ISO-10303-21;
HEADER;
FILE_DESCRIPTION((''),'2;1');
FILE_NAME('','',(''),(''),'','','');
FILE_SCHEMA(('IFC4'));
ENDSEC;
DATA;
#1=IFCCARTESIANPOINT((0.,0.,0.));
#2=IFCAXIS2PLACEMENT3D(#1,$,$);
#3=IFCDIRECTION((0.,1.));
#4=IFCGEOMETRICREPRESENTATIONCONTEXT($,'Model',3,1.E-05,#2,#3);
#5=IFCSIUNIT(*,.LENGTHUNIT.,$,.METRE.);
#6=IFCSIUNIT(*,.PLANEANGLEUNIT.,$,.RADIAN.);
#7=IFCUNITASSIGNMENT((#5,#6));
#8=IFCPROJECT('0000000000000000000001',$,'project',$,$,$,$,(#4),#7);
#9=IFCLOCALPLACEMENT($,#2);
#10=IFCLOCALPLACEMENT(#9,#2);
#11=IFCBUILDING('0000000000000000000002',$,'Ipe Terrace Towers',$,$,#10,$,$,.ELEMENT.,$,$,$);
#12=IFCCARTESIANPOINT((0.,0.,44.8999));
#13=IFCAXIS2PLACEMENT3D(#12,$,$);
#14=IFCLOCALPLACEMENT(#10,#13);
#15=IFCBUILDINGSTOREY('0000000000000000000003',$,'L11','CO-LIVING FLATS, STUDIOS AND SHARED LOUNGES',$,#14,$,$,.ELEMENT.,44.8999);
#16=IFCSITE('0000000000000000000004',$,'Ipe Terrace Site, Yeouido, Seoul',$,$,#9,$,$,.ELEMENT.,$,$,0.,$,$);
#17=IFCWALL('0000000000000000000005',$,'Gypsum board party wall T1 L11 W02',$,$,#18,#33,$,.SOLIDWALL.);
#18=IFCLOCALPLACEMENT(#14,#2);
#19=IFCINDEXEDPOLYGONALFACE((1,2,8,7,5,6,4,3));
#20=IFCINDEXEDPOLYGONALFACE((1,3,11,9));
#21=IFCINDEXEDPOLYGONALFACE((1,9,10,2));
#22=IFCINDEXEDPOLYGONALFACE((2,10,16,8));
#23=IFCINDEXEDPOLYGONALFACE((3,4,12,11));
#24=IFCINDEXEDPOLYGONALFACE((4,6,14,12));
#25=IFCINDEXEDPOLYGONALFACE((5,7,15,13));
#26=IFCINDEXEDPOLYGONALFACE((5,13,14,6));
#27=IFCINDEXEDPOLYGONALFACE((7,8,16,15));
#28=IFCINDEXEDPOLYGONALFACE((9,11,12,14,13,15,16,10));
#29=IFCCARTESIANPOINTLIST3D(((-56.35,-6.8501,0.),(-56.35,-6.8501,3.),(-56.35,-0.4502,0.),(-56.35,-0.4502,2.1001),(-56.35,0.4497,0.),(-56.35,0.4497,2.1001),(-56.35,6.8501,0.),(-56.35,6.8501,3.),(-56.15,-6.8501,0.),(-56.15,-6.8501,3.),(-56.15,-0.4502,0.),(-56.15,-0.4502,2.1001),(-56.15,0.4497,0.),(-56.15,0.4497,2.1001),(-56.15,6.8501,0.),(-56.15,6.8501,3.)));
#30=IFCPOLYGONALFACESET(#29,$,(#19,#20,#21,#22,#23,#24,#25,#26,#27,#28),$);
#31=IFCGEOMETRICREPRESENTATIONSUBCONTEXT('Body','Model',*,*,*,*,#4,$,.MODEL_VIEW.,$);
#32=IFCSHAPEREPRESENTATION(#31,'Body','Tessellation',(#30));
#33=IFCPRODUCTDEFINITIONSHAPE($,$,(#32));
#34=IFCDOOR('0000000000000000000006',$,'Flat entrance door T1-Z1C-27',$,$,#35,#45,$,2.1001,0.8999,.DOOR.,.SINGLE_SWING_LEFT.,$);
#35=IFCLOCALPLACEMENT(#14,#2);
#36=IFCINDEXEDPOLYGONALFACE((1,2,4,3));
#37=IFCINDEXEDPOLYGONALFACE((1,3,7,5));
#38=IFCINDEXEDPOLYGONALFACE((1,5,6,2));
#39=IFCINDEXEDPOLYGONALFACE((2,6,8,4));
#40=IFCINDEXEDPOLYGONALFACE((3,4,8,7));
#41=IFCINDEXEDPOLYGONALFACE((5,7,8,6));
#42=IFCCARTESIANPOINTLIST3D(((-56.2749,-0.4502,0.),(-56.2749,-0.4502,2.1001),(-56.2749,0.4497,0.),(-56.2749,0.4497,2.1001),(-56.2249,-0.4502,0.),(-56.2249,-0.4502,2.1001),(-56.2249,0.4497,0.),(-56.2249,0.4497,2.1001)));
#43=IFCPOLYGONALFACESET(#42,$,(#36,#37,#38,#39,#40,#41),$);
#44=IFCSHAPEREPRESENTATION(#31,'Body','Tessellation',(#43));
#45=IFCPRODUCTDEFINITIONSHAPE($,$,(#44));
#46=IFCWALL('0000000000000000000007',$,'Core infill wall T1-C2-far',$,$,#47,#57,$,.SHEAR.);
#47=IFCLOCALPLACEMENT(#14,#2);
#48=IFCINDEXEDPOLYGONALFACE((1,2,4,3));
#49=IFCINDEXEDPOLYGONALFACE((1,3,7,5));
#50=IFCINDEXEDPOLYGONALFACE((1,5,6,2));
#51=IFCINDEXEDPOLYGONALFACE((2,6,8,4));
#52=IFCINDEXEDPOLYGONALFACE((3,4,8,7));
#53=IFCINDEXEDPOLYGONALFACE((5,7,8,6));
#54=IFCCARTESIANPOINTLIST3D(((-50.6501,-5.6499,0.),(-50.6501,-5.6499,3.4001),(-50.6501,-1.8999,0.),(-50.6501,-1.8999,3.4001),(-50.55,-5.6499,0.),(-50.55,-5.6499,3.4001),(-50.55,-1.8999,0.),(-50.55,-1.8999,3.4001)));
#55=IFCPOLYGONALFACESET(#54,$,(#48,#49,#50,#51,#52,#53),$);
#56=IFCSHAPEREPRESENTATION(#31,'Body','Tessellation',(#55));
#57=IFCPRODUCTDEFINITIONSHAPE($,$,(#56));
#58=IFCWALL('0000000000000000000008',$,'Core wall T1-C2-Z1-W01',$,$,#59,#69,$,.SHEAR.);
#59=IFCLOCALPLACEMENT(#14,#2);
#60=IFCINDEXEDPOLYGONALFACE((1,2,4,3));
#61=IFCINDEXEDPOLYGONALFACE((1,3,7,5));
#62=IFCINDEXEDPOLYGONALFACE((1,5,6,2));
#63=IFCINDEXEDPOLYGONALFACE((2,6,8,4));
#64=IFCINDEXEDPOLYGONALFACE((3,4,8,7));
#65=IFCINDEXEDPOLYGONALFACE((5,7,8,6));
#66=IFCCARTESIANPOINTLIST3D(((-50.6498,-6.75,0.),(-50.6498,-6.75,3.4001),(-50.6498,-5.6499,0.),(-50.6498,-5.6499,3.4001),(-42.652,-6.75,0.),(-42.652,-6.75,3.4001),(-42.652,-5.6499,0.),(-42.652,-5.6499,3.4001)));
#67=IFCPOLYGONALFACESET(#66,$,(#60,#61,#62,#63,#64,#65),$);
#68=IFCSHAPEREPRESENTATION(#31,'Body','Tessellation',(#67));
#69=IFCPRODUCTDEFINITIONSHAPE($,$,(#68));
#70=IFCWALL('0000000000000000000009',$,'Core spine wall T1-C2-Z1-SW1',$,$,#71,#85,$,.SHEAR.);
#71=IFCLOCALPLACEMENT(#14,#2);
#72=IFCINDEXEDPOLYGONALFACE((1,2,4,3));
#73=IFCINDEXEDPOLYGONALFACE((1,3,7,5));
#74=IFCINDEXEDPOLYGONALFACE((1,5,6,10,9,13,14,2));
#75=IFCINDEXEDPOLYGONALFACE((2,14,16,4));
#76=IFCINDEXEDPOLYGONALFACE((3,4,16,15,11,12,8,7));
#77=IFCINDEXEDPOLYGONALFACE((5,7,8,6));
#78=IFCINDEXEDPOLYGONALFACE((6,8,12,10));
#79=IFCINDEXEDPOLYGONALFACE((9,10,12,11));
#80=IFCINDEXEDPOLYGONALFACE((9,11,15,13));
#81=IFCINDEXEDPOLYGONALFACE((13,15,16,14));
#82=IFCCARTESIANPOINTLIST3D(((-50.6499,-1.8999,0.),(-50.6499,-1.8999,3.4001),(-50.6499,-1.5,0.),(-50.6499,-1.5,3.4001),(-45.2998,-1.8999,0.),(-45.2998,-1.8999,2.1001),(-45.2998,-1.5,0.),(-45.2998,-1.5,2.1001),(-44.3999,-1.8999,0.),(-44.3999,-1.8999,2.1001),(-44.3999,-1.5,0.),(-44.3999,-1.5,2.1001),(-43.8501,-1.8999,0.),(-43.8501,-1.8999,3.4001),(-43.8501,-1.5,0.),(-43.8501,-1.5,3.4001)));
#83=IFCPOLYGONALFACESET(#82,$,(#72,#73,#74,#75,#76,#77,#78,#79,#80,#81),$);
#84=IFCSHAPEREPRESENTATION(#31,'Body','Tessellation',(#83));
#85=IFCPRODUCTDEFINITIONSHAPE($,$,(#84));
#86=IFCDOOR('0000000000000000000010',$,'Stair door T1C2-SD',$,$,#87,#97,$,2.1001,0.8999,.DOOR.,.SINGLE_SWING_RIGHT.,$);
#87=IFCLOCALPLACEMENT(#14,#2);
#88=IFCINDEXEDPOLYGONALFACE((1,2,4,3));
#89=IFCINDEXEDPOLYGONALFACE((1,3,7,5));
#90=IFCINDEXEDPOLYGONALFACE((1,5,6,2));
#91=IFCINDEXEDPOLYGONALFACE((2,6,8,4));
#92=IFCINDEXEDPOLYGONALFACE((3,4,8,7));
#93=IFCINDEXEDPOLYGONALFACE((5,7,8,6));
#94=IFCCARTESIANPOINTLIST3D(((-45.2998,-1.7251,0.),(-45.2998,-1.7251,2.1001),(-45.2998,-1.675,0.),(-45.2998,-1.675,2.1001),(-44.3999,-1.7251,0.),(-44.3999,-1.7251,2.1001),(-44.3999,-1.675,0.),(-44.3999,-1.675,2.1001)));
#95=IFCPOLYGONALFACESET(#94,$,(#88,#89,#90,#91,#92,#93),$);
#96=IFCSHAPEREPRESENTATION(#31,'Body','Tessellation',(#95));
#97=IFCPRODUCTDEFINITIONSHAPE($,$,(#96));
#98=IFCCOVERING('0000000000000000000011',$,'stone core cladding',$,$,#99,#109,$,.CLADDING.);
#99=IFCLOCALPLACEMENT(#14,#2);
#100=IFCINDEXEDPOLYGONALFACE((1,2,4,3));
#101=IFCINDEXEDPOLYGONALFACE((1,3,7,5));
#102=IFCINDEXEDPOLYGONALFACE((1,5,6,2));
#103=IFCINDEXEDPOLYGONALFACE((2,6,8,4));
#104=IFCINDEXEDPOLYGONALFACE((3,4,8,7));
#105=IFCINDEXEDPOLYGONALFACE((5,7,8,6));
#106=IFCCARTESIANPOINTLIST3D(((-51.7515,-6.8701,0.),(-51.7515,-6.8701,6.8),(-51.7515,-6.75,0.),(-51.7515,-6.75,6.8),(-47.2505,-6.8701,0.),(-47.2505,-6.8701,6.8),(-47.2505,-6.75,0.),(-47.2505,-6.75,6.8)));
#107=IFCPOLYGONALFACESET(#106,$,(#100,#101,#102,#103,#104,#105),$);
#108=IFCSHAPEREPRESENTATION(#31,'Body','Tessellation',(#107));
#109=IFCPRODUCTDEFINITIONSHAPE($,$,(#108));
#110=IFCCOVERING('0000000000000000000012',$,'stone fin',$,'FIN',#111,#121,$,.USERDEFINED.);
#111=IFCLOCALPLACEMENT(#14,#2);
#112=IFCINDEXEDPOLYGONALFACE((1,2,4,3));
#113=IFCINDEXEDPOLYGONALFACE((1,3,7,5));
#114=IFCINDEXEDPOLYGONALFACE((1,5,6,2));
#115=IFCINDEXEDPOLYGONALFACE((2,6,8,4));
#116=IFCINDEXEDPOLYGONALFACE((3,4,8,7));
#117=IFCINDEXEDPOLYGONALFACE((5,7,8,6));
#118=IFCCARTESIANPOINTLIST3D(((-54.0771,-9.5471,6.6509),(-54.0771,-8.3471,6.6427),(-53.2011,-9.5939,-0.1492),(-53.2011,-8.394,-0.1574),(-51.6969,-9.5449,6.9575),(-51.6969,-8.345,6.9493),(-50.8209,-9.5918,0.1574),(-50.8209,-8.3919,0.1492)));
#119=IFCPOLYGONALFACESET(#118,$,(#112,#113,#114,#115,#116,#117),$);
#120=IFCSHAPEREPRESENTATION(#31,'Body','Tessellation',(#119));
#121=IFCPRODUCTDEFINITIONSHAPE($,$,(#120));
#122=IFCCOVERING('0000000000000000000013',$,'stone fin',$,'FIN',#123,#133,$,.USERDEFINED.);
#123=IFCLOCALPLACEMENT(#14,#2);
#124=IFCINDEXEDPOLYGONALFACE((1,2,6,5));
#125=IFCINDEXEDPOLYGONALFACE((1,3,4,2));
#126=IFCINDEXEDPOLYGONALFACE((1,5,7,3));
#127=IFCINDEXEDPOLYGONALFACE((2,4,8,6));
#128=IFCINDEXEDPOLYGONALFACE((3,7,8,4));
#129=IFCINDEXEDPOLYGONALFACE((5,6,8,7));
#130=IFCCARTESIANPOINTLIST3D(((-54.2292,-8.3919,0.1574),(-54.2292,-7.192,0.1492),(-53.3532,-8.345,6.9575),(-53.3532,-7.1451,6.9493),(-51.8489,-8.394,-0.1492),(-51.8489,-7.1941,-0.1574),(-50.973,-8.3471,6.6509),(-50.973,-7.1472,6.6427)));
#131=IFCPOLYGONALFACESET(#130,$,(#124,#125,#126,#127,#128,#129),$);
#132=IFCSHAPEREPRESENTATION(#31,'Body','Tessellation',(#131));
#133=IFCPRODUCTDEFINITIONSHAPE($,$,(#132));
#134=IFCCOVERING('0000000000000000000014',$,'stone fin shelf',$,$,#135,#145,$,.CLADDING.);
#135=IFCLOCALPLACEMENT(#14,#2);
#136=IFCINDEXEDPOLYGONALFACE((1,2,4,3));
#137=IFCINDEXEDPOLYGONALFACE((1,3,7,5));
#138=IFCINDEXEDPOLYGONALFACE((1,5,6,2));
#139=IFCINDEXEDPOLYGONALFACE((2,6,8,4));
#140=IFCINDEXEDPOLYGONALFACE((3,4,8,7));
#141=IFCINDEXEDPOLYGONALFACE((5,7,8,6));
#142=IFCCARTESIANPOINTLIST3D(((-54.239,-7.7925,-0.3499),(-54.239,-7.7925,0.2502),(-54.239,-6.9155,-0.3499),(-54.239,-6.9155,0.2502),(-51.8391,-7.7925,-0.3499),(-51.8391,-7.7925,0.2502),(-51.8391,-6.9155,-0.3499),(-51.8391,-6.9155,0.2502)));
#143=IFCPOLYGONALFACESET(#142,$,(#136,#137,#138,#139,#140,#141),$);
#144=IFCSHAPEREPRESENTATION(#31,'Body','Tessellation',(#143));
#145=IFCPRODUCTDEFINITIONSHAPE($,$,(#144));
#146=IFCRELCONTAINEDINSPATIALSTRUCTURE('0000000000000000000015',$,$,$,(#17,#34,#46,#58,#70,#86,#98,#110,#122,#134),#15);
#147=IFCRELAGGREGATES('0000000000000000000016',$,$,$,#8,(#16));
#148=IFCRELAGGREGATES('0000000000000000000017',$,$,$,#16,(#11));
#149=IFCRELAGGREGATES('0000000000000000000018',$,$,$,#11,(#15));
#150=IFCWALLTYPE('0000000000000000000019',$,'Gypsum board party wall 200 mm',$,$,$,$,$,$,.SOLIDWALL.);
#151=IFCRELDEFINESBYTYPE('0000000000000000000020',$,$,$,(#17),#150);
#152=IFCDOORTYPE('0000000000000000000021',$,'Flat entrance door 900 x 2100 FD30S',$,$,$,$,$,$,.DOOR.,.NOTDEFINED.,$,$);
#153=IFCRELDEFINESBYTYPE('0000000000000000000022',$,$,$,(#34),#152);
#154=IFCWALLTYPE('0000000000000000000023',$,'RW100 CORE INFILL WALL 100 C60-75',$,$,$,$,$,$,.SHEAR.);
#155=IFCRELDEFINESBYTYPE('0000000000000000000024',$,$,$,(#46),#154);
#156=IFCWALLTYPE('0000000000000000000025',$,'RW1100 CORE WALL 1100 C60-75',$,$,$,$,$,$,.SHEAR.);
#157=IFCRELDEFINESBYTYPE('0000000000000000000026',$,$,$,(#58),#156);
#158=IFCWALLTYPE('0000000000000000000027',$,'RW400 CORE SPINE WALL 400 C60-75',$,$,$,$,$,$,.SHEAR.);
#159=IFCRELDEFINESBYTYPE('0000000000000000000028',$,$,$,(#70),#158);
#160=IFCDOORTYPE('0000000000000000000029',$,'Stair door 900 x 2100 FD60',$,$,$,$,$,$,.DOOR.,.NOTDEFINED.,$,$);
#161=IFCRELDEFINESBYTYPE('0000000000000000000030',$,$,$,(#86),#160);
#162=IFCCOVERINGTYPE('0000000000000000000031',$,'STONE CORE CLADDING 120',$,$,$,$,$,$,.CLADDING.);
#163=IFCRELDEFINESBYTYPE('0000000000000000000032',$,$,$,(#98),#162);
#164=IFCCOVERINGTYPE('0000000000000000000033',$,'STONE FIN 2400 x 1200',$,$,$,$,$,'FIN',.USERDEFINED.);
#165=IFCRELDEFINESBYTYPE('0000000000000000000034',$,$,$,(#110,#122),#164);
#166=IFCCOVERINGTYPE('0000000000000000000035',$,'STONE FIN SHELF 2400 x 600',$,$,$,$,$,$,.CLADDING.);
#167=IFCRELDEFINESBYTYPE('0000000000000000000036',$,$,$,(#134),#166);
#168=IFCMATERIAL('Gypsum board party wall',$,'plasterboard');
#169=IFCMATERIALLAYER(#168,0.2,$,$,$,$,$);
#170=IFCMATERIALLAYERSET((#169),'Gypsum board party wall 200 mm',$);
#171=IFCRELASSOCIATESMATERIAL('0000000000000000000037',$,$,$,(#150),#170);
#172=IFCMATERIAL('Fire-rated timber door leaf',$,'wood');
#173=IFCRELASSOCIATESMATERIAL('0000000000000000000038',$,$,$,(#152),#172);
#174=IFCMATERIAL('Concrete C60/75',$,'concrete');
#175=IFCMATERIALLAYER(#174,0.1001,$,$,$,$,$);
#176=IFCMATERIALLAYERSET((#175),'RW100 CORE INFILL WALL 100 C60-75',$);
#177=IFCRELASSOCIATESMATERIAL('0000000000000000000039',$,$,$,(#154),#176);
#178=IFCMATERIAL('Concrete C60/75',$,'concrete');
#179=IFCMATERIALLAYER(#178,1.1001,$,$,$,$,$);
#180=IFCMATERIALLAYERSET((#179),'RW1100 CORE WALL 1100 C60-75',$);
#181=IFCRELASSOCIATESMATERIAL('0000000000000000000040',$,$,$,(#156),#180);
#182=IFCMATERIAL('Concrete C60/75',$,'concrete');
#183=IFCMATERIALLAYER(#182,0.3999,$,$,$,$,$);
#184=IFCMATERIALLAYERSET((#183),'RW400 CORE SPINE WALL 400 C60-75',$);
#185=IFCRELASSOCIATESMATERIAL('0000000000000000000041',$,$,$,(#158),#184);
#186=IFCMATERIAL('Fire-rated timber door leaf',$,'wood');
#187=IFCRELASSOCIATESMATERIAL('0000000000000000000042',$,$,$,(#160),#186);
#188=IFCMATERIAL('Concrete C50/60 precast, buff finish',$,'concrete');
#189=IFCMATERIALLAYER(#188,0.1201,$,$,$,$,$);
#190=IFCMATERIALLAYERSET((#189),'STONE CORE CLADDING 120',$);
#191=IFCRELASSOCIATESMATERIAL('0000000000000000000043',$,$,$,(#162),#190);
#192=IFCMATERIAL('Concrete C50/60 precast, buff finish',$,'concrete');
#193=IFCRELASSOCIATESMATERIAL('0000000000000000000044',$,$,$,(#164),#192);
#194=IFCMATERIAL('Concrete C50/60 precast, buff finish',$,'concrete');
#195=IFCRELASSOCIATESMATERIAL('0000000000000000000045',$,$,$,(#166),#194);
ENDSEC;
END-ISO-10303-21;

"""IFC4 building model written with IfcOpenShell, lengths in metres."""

from ifc_helpers import new_model, si_unit, direction, frame, frame_2d, origin, origin_2d, place, context, subcontext, project, spatial, rectangle, extrude, material, layer, layer_set, material_profile, profile_set, type_object, element, fill, save


model = new_model("IFC4")

# Units and contexts
model_context = context("Model", 3, precision=1e-05, world=origin(), true_north=direction((0.0, 1.0)))
body_context = subcontext(model_context, "Body", "Model", "MODEL_VIEW")
ifc_project = project(units=[si_unit("LENGTHUNIT", "METRE"), si_unit("PLANEANGLEUNIT", "RADIAN")], contexts=[model_context])

# Site, building, storey
site_placement = place(None, origin())
site = spatial("IfcSite", under=ifc_project, at=site_placement, Name="Ipe Terrace Site, Yeouido, Seoul", CompositionType="ELEMENT", RefElevation=0.0)
building_placement = place(site_placement, origin())
building = spatial("IfcBuilding", under=site, at=building_placement, Name="Ipe Terrace Towers", CompositionType="ELEMENT")
storey_placement = place(building_placement, frame((0.0, 0.0, 44.8999)))
storey = spatial("IfcBuildingStorey", under=building, at=storey_placement, Name="L11", Description="CO-LIVING FLATS, STUDIOS AND SHARED LOUNGES", CompositionType="ELEMENT", Elevation=44.8999)

# Wall, opening, door
ifc_material_1 = material(Name="Gypsum board party wall", Category="plasterboard")
ifc_layer_1 = layer(ifc_material_1, 0.2)
ifc_layer_set_1 = layer_set([ifc_layer_1], Name="Gypsum board party wall 200 mm")
wall_type_1 = type_object("IfcWallType", Name="Gypsum board party wall 200 mm", PredefinedType="SOLIDWALL", material=ifc_layer_set_1)
wall_1_placement = place(storey_placement, frame((-56.25, -6.8501, 0.0), z_axis=(0.0, 0.0, 1.0), x_axis=(0.0, 1.0, 0.0)))
wall_1 = element("IfcWall", 1, at=wall_1_placement, inside=storey, type_object=wall_type_1, Name="Gypsum board party wall T1 L11 W02", PredefinedType="SOLIDWALL", context=body_context, shape_type="SweptSolid", body=[
    extrude(rectangle(XDim=13.7002, YDim=0.2, at=frame_2d((6.8501, 0.0))), origin(), (0.0, 0.0, 1.0), 3.0),
])
opening_1_placement = place(wall_1_placement, frame((6.3999, 0.0, 0.0)))
opening_1 = element("IfcOpeningElement", 2, at=opening_1_placement, cuts=wall_1, PredefinedType="OPENING", context=body_context, shape_type="SweptSolid", body=[
    extrude(rectangle(XDim=0.8999, YDim=2.1001, at=frame_2d((0.45, 1.05))), frame((0.0, 0.1099, 0.0), z_axis=(0.0, -1.0, 0.0), x_axis=(1.0, 0.0, 0.0)), (0.0, 0.0, 1.0), 0.22),
])
ifc_material_2 = material(Name="Fire-rated timber door leaf", Category="wood")
door_type_1 = type_object("IfcDoorType", Name="Flat entrance door 900 x 2100 FD30S", OperationType="NOTDEFINED", PredefinedType="DOOR", material=ifc_material_2)
door_1_placement = place(opening_1_placement, origin())
door_1 = element("IfcDoor", 3, at=door_1_placement, inside=storey, type_object=door_type_1, Name="Flat entrance door T1-Z1C-27", OperationType="SINGLE_SWING_LEFT", OverallHeight=2.1001, OverallWidth=0.8999, PredefinedType="DOOR", context=body_context, shape_type="SweptSolid", body=[
    extrude(rectangle(XDim=0.8999, YDim=2.1001, at=frame_2d((0.45, 1.05))), frame((0.0, 0.0249, 0.0), z_axis=(0.0, -1.0, 0.0), x_axis=(1.0, 0.0, 0.0)), (0.0, 0.0, 1.0), 0.05),
])
fill(opening_1, door_1)

# Walls
ifc_material_3 = material(Name="Concrete C60/75", Category="concrete")
ifc_layer_2 = layer(ifc_material_3, 0.1001)
ifc_layer_set_2 = layer_set([ifc_layer_2], Name="RW100 CORE INFILL WALL 100 C60-75")
wall_type_2 = type_object("IfcWallType", Name="RW100 CORE INFILL WALL 100 C60-75", PredefinedType="SHEAR", material=ifc_layer_set_2)
wall_2_placement = place(storey_placement, frame((-50.6001, -1.8999, 0.0), z_axis=(0.0, 0.0, 1.0), x_axis=(0.0, -1.0, 0.0)))
element("IfcWall", 4, at=wall_2_placement, inside=storey, type_object=wall_type_2, Name="Core infill wall T1-C2-far", PredefinedType="SHEAR", context=body_context, shape_type="SweptSolid", body=[
    extrude(rectangle(XDim=3.75, YDim=0.1001, at=frame_2d((1.875, 0.0))), origin(), (0.0, 0.0, 1.0), 3.4001),
])
ifc_material_4 = material(Name="Concrete C60/75", Category="concrete")
ifc_layer_3 = layer(ifc_material_4, 1.1001)
ifc_layer_set_3 = layer_set([ifc_layer_3], Name="RW1100 CORE WALL 1100 C60-75")
wall_type_3 = type_object("IfcWallType", Name="RW1100 CORE WALL 1100 C60-75", PredefinedType="SHEAR", material=ifc_layer_set_3)
wall_3_placement = place(storey_placement, frame((-50.6499, -6.2, 0.0), z_axis=(0.0, 0.0, 1.0), x_axis=(1.0, 0.0, 0.0)))
element("IfcWall", 5, at=wall_3_placement, inside=storey, type_object=wall_type_3, Name="Core wall T1-C2-Z1-W01", PredefinedType="SHEAR", context=body_context, shape_type="SweptSolid", body=[
    extrude(rectangle(XDim=7.9978, YDim=1.1001, at=frame_2d((3.999, 0.0))), origin(), (0.0, 0.0, 1.0), 3.4001),
])

# Wall, opening, door
ifc_material_5 = material(Name="Concrete C60/75", Category="concrete")
ifc_layer_4 = layer(ifc_material_5, 0.3999)
ifc_layer_set_4 = layer_set([ifc_layer_4], Name="RW400 CORE SPINE WALL 400 C60-75")
wall_type_4 = type_object("IfcWallType", Name="RW400 CORE SPINE WALL 400 C60-75", PredefinedType="SHEAR", material=ifc_layer_set_4)
wall_4_placement = place(storey_placement, frame((-50.6499, -1.7, 0.0), z_axis=(0.0, 0.0, 1.0), x_axis=(1.0, 0.0, 0.0)))
wall_4 = element("IfcWall", 6, at=wall_4_placement, inside=storey, type_object=wall_type_4, Name="Core spine wall T1-C2-Z1-SW1", PredefinedType="SHEAR", context=body_context, shape_type="SweptSolid", body=[
    extrude(rectangle(XDim=6.7998, YDim=0.3999, at=frame_2d((3.3999, 0.0))), origin(), (0.0, 0.0, 1.0), 3.4001),
])
opening_2_placement = place(wall_4_placement, frame((5.3501, 0.0, 0.0)))
opening_2 = element("IfcOpeningElement", 7, at=opening_2_placement, cuts=wall_4, PredefinedType="OPENING", context=body_context, shape_type="SweptSolid", body=[
    extrude(rectangle(XDim=0.8999, YDim=2.1001, at=frame_2d((0.45, 1.05))), frame((0.0, 0.21, 0.0), z_axis=(0.0, -1.0, 0.0), x_axis=(1.0, 0.0, 0.0)), (0.0, 0.0, 1.0), 0.4199),
])
ifc_material_6 = material(Name="Fire-rated timber door leaf", Category="wood")
door_type_2 = type_object("IfcDoorType", Name="Stair door 900 x 2100 FD60", OperationType="NOTDEFINED", PredefinedType="DOOR", material=ifc_material_6)
door_2_placement = place(opening_2_placement, origin())
door_2 = element("IfcDoor", 8, at=door_2_placement, inside=storey, type_object=door_type_2, Name="Stair door T1C2-SD", OperationType="SINGLE_SWING_RIGHT", OverallHeight=2.1001, OverallWidth=0.8999, PredefinedType="DOOR", context=body_context, shape_type="SweptSolid", body=[
    extrude(rectangle(XDim=0.8999, YDim=2.1001, at=frame_2d((0.45, 1.05))), frame((0.0, 0.0249, 0.0), z_axis=(0.0, -1.0, 0.0), x_axis=(1.0, 0.0, 0.0)), (0.0, 0.0, 1.0), 0.05),
])
fill(opening_2, door_2)

# Coverings
ifc_material_7 = material(Name="Concrete C50/60 precast, buff finish", Category="concrete")
ifc_layer_5 = layer(ifc_material_7, 0.1201)
ifc_layer_set_5 = layer_set([ifc_layer_5], Name="STONE CORE CLADDING 120")
covering_type_1 = type_object("IfcCoveringType", Name="STONE CORE CLADDING 120", PredefinedType="CLADDING", material=ifc_layer_set_5)
covering_1_placement = place(storey_placement, frame((-49.501, -6.8101, 0.0), z_axis=(0.0, 0.0, 1.0), x_axis=(1.0, 0.0, 0.0)))
element("IfcCovering", 9, at=covering_1_placement, inside=storey, type_object=covering_type_1, Name="stone core cladding", PredefinedType="CLADDING", context=body_context, shape_type="SweptSolid", body=[
    extrude(rectangle(XDim=4.501, YDim=0.1201, at=origin_2d()), origin(), (0.0, 0.0, 1.0), 6.8),
])
ifc_material_8 = material(Name="Concrete C50/60 precast, buff finish", Category="concrete")
ifc_material_profile_1 = material_profile(ifc_material_8, rectangle(XDim=2.3999, YDim=1.2, at=origin_2d()), Name="STONE FIN 2400 x 1200")
ifc_profile_set_1 = profile_set([ifc_material_profile_1], Name="Concrete C50/60 precast, buff finish")
covering_type_2 = type_object("IfcCoveringType", Name="STONE FIN 2400 x 1200", ElementType="FIN", PredefinedType="USERDEFINED", material=ifc_profile_set_1)
for number, where, z_axis, x_axis, name in (
    (10, (-52.011, -8.9929, 0.0), (-0.12776, 0.006837, 0.991781), (0.991805, 0.000881, 0.127757), "stone fin"),
    (11, (-53.0391, -7.793, 0.0), (0.12776, 0.006837, 0.991781), (0.991805, -0.000881, -0.127757), "stone fin"),
):
    element("IfcCovering", number, at=place(storey_placement, frame(where, z_axis=z_axis, x_axis=x_axis)), inside=storey, type_object=covering_type_2, Name=name, ObjectType="FIN", PredefinedType="USERDEFINED", context=body_context, shape_type="SweptSolid", body=[
        extrude(rectangle(XDim=2.3999, YDim=1.2, at=origin_2d()), origin(), (0.0, 0.0, 1.0), 6.8564),
    ])
ifc_material_9 = material(Name="Concrete C50/60 precast, buff finish", Category="concrete")
covering_type_3 = type_object("IfcCoveringType", Name="STONE FIN SHELF 2400 x 600", PredefinedType="CLADDING", material=ifc_material_9)
covering_2_placement = place(storey_placement, frame((-53.0391, -7.354, -0.3499), z_axis=(0.0, 0.0, 1.0), x_axis=(1.0, 0.0, 0.0)))
element("IfcCovering", 12, at=covering_2_placement, inside=storey, type_object=covering_type_3, Name="stone fin shelf", PredefinedType="CLADDING", context=body_context, shape_type="SweptSolid", body=[
    extrude(rectangle(XDim=2.3999, YDim=0.877, at=origin_2d()), origin(), (0.0, 0.0, 1.0), 0.6001),
])

save(model, "model.ifc")
